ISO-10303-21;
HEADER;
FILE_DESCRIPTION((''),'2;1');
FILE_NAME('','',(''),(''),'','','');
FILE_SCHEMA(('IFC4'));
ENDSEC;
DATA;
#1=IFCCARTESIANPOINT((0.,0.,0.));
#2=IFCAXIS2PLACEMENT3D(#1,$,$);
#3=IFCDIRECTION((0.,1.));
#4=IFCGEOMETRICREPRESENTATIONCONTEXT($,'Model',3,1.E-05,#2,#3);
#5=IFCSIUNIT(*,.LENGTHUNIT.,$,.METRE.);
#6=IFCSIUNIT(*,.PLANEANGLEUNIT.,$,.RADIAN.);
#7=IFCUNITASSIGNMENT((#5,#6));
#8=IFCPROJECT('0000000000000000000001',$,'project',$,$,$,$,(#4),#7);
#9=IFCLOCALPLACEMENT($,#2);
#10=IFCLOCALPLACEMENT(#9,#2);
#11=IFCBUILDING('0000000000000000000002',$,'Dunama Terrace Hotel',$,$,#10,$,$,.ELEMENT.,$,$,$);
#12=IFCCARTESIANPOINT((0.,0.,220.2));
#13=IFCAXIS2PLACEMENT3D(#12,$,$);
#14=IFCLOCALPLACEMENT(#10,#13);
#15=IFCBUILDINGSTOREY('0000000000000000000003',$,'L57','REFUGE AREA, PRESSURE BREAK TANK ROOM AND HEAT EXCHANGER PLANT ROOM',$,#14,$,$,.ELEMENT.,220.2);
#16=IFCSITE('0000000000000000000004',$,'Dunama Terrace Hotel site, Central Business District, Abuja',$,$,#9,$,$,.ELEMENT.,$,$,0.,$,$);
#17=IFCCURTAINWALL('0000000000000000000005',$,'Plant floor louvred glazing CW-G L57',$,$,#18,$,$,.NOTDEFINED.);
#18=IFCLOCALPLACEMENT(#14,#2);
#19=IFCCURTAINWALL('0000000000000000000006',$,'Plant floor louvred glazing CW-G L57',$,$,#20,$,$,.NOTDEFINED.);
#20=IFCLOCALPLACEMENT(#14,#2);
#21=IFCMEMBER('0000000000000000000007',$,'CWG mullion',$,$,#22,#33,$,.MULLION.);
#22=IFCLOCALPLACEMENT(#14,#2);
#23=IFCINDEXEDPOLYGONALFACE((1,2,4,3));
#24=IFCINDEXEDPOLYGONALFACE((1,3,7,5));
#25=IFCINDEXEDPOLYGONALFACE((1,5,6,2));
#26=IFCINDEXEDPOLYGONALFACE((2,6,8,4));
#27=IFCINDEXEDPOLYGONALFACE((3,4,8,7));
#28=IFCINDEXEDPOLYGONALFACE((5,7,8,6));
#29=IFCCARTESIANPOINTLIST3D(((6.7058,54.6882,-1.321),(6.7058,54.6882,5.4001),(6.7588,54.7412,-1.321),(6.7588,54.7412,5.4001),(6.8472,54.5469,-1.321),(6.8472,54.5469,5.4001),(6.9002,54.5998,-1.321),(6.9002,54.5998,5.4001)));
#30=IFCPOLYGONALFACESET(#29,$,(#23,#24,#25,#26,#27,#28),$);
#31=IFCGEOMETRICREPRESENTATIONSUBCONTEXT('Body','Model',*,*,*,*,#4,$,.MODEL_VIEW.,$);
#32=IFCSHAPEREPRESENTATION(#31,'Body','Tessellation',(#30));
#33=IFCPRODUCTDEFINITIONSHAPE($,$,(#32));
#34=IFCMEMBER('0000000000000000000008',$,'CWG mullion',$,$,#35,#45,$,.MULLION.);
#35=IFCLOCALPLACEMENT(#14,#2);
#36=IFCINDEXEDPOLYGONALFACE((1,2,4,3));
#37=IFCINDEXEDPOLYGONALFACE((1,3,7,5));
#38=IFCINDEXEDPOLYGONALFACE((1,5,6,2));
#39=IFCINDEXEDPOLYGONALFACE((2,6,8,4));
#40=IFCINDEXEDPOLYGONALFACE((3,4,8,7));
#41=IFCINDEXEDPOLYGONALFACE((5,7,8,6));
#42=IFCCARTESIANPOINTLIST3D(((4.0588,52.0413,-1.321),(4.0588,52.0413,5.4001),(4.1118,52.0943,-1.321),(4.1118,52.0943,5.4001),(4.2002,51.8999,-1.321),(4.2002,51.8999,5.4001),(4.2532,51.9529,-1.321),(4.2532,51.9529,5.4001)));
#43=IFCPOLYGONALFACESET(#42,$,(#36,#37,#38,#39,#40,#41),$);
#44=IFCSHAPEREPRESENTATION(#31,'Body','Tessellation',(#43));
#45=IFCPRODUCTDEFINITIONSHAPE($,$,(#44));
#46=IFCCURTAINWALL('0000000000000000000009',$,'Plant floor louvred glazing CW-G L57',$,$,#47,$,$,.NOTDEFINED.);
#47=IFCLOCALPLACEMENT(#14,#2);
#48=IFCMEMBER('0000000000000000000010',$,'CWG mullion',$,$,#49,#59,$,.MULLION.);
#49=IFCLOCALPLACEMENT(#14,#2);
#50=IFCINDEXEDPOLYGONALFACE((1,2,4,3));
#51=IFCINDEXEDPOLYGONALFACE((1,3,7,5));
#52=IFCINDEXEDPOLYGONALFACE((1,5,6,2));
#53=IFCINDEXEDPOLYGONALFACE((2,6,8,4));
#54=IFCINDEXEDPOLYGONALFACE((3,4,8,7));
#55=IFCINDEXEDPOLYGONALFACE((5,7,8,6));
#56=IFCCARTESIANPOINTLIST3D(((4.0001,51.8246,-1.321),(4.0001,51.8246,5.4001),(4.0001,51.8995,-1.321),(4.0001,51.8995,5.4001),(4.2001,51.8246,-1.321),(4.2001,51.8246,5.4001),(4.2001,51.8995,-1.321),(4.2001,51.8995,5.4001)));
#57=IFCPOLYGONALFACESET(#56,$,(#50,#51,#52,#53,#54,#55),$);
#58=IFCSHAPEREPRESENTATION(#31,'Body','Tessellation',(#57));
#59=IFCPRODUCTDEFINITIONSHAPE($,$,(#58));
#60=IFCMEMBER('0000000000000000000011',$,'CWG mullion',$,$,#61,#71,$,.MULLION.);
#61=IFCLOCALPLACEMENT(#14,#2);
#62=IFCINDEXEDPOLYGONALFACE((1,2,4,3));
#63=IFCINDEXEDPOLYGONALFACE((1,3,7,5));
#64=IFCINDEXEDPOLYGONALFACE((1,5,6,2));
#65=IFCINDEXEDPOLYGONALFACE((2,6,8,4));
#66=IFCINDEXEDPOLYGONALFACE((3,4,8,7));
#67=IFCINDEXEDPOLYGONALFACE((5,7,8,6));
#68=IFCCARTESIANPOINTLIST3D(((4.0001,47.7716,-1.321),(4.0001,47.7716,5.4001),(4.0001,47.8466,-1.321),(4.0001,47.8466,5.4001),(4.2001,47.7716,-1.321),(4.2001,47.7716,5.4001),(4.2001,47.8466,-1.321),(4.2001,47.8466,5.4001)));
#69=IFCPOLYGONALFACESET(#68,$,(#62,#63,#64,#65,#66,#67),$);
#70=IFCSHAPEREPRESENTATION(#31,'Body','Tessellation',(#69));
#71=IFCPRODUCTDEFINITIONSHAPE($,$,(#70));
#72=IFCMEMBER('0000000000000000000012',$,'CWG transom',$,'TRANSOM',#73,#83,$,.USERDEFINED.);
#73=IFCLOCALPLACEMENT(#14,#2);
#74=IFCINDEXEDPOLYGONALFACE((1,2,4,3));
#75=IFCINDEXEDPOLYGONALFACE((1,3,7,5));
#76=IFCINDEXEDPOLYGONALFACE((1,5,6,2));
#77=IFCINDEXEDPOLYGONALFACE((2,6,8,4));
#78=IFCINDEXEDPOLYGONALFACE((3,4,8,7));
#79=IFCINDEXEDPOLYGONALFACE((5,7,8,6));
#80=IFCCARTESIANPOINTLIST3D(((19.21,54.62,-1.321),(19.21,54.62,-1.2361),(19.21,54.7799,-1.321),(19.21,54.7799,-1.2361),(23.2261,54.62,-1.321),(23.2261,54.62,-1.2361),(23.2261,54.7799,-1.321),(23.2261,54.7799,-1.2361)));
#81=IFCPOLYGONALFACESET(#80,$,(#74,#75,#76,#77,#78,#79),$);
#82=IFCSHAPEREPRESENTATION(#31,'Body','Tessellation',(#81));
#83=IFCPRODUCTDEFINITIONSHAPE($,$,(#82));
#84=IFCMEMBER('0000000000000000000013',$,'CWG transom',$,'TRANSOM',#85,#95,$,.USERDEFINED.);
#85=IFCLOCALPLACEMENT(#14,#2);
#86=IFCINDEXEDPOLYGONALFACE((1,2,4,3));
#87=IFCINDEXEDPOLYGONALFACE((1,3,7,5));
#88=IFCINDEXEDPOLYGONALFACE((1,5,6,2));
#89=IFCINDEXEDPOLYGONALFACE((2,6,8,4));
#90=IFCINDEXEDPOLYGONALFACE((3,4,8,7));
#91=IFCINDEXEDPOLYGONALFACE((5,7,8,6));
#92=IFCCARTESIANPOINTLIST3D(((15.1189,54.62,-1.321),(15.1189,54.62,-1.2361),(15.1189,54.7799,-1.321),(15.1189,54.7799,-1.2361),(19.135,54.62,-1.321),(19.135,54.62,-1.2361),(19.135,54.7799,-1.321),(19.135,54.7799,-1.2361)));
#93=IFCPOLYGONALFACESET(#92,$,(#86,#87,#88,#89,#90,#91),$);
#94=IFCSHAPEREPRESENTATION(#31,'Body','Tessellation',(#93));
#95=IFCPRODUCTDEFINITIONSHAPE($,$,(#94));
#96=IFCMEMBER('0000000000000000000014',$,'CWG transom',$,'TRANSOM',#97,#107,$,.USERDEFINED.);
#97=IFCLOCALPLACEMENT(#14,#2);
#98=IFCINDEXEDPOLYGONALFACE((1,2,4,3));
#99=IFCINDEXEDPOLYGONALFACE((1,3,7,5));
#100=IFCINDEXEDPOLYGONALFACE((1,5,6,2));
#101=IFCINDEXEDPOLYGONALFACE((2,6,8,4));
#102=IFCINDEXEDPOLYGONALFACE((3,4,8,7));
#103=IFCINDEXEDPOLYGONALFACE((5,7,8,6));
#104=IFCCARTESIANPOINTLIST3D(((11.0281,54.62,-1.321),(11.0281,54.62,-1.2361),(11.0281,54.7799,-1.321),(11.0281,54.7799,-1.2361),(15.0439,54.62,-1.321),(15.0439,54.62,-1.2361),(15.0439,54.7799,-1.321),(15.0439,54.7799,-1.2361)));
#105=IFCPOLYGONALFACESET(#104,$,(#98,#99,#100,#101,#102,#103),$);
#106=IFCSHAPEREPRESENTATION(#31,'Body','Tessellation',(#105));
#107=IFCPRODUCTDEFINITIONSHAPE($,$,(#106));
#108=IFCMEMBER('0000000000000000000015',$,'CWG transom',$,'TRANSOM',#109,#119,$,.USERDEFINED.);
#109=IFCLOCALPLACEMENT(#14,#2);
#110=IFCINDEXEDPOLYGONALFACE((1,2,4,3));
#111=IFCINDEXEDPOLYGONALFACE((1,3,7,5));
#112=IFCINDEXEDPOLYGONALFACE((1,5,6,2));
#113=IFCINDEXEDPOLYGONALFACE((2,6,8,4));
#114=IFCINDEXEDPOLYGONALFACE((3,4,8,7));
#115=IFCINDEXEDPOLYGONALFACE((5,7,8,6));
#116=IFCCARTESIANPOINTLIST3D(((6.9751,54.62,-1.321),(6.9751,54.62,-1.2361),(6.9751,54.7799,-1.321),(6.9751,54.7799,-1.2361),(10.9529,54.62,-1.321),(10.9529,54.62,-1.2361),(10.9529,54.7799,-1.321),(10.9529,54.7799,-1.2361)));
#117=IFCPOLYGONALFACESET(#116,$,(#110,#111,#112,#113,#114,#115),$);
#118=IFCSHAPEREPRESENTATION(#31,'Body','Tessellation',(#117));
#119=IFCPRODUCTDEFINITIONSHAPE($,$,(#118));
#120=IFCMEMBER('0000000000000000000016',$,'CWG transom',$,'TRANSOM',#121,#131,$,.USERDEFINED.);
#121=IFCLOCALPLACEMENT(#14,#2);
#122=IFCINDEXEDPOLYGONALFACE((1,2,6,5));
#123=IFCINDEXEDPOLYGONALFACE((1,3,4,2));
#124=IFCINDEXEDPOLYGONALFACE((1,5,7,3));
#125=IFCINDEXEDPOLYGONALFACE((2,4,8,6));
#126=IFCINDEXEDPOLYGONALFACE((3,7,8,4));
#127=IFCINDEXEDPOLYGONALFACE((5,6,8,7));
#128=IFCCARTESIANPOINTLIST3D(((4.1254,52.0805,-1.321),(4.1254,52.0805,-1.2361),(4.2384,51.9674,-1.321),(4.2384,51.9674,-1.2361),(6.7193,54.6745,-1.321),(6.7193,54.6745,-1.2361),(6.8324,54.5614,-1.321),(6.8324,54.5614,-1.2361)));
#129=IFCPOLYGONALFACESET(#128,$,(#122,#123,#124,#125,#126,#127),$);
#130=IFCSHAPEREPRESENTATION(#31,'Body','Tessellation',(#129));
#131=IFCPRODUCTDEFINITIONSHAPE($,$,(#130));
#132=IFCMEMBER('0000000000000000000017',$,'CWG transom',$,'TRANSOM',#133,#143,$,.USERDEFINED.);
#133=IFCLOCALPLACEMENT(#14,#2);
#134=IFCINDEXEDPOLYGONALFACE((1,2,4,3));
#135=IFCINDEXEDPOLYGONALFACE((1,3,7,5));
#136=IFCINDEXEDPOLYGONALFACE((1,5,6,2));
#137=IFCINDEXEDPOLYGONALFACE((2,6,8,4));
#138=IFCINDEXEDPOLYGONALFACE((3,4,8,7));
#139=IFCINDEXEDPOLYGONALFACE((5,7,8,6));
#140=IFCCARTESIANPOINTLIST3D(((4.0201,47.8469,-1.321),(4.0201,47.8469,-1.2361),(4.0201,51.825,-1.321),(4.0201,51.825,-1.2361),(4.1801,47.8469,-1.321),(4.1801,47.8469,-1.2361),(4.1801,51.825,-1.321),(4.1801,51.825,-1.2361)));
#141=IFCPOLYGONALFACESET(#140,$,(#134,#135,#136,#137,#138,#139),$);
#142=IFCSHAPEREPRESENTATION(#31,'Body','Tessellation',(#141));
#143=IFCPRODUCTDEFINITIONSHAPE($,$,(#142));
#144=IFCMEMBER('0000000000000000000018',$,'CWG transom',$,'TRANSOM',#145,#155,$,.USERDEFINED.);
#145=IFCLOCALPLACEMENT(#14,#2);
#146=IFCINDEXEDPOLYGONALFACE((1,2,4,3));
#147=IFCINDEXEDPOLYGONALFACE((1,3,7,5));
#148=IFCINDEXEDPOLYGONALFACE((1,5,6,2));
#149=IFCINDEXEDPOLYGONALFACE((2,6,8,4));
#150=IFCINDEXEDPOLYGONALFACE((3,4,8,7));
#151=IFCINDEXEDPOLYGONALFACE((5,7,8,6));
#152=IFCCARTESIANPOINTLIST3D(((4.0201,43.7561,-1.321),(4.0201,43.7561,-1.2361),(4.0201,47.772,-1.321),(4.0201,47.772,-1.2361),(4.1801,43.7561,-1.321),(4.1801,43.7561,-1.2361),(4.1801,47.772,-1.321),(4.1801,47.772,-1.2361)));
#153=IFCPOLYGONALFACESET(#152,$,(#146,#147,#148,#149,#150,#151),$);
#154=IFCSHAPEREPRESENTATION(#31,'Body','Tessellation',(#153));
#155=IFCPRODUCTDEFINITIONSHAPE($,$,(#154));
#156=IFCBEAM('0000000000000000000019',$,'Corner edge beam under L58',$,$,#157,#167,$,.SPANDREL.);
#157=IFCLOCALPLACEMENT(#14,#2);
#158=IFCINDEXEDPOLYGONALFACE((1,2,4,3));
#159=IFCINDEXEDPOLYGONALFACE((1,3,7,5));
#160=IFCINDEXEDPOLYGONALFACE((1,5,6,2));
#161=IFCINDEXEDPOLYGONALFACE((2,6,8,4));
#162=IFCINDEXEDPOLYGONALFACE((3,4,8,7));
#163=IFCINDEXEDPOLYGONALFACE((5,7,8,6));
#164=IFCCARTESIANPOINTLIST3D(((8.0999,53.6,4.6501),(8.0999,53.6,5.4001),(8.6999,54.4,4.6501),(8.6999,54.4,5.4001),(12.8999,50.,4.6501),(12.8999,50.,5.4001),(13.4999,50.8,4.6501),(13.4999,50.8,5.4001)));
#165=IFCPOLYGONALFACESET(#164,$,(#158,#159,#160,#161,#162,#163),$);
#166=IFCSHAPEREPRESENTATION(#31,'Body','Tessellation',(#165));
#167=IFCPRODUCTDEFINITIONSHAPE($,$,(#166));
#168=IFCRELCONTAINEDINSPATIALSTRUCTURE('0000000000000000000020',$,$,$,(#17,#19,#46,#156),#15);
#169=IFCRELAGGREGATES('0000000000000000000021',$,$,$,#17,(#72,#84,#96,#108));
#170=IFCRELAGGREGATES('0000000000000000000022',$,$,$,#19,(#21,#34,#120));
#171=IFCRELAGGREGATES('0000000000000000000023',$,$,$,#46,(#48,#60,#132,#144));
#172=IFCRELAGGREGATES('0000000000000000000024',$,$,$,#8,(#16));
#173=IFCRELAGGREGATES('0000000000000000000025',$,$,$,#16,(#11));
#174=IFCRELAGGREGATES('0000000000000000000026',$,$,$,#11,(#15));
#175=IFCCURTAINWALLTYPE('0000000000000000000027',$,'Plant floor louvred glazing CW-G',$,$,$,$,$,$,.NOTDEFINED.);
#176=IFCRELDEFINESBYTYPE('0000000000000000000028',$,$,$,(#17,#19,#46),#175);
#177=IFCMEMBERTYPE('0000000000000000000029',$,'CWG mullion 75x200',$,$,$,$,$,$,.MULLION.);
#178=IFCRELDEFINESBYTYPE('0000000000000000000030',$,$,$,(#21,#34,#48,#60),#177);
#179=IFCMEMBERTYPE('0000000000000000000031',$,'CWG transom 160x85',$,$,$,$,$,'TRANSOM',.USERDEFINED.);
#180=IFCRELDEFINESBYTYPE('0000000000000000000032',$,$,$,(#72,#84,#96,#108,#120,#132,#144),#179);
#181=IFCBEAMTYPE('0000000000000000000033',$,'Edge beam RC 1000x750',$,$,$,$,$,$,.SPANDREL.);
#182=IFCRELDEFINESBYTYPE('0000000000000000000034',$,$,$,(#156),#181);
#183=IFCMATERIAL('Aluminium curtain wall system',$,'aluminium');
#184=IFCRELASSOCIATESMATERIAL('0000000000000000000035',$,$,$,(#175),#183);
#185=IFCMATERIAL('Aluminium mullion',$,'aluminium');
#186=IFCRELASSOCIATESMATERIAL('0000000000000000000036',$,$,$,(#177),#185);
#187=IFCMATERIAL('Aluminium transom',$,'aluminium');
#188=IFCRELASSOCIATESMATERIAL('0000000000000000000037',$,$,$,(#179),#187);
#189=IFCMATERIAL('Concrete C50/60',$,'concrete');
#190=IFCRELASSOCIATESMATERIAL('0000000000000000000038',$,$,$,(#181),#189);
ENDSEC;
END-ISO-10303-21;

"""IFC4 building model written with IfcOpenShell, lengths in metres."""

from ifc_helpers import new_model, si_unit, direction, frame, origin, origin_2d, place, context, subcontext, project, spatial, rectangle, extrude, material, material_profile, profile_set, type_object, element, aggregate, save


model = new_model("IFC4")

# Units and contexts
model_context = context("Model", 3, precision=1e-05, world=origin(), true_north=direction((0.0, 1.0)))
body_context = subcontext(model_context, "Body", "Model", "MODEL_VIEW")
ifc_project = project(units=[si_unit("LENGTHUNIT", "METRE"), si_unit("PLANEANGLEUNIT", "RADIAN")], contexts=[model_context])

# Site, building, storey
site_placement = place(None, origin())
site = spatial("IfcSite", under=ifc_project, at=site_placement, Name="Dunama Terrace Hotel site, Central Business District, Abuja", CompositionType="ELEMENT", RefElevation=0.0)
building_placement = place(site_placement, origin())
building = spatial("IfcBuilding", under=site, at=building_placement, Name="Dunama Terrace Hotel", CompositionType="ELEMENT")
storey_placement = place(building_placement, frame((0.0, 0.0, 220.2)))
storey = spatial("IfcBuildingStorey", under=building, at=storey_placement, Name="L57", Description="REFUGE AREA, PRESSURE BREAK TANK ROOM AND HEAT EXCHANGER PLANT ROOM", CompositionType="ELEMENT", Elevation=220.2)

# Curtain walls, members
ifc_material_1 = material(Name="Aluminium curtain wall system", Category="aluminium")
curtain_wall_type = type_object("IfcCurtainWallType", Name="Plant floor louvred glazing CW-G", PredefinedType="NOTDEFINED", material=ifc_material_1)
curtain_wall_1_placement = place(storey_placement, origin())
curtain_wall_1 = element("IfcCurtainWall", 1, at=curtain_wall_1_placement, inside=storey, type_object=curtain_wall_type, Name="Plant floor louvred glazing CW-G L57", PredefinedType="NOTDEFINED")
ifc_material_2 = material(Name="Aluminium mullion", Category="aluminium")
ifc_material_profile_1 = material_profile(ifc_material_2, rectangle(XDim=0.075, YDim=0.2, at=origin_2d()), Name="CWG MULLION 75X200")
ifc_profile_set_1 = profile_set([ifc_material_profile_1], Name="Aluminium mullion")
member_type_1 = type_object("IfcMemberType", Name="CWG mullion 75x200", PredefinedType="MULLION", material=ifc_profile_set_1)
curtain_wall_2_placement = place(storey_placement, origin())
curtain_wall_2 = element("IfcCurtainWall", 2, at=curtain_wall_2_placement, inside=storey, type_object=curtain_wall_type, Name="Plant floor louvred glazing CW-G L57", PredefinedType="NOTDEFINED")
member_1_placement = place(storey_placement, frame((6.803, 54.644, -1.321), z_axis=(0.0, 0.0, 1.0), x_axis=(-0.707107, -0.707107, 0.0)))
member_1 = element("IfcMember", 3, at=member_1_placement, type_object=member_type_1, Name="CWG mullion", PredefinedType="MULLION", context=body_context, shape_type="SweptSolid", body=[
    extrude(rectangle(XDim=0.075, YDim=0.2, at=origin_2d()), origin(), (0.0, 0.0, 1.0), 6.7212),
])
member_2_placement = place(storey_placement, frame((4.156, 51.9971, -1.321), z_axis=(0.0, 0.0, 1.0), x_axis=(-0.707107, -0.707107, 0.0)))
member_2 = element("IfcMember", 4, at=member_2_placement, type_object=member_type_1, Name="CWG mullion", PredefinedType="MULLION", context=body_context, shape_type="SweptSolid", body=[
    extrude(rectangle(XDim=0.075, YDim=0.2, at=origin_2d()), origin(), (0.0, 0.0, 1.0), 6.7212),
])
curtain_wall_3_placement = place(storey_placement, origin())
curtain_wall_3 = element("IfcCurtainWall", 5, at=curtain_wall_3_placement, inside=storey, type_object=curtain_wall_type, Name="Plant floor louvred glazing CW-G L57", PredefinedType="NOTDEFINED")
member_3_placement = place(storey_placement, frame((4.1001, 51.8621, -1.321), z_axis=(0.0, 0.0, 1.0), x_axis=(0.0, -1.0, 0.0)))
member_3 = element("IfcMember", 6, at=member_3_placement, type_object=member_type_1, Name="CWG mullion", PredefinedType="MULLION", context=body_context, shape_type="SweptSolid", body=[
    extrude(rectangle(XDim=0.075, YDim=0.2, at=origin_2d()), origin(), (0.0, 0.0, 1.0), 6.7212),
])
member_4_placement = place(storey_placement, frame((4.1001, 47.8091, -1.321), z_axis=(0.0, 0.0, 1.0), x_axis=(0.0, -1.0, 0.0)))
member_4 = element("IfcMember", 7, at=member_4_placement, type_object=member_type_1, Name="CWG mullion", PredefinedType="MULLION", context=body_context, shape_type="SweptSolid", body=[
    extrude(rectangle(XDim=0.075, YDim=0.2, at=origin_2d()), origin(), (0.0, 0.0, 1.0), 6.7212),
])

# Members
ifc_material_3 = material(Name="Aluminium transom", Category="aluminium")
ifc_material_profile_2 = material_profile(ifc_material_3, rectangle(XDim=0.1599, YDim=0.085, at=origin_2d()), Name="CWG TRANSOM 160X85")
ifc_profile_set_2 = profile_set([ifc_material_profile_2], Name="Aluminium transom")
member_type_2 = type_object("IfcMemberType", Name="CWG transom 160x85", ElementType="TRANSOM", PredefinedType="USERDEFINED", material=ifc_profile_set_2)
member_5_placement = place(storey_placement, frame((23.2261, 54.7, -1.2786), z_axis=(-1.0, 0.0, 0.0), x_axis=(0.0, -1.0, 0.0)))
member_5 = element("IfcMember", 8, at=member_5_placement, type_object=member_type_2, Name="CWG transom", ObjectType="TRANSOM", PredefinedType="USERDEFINED", context=body_context, shape_type="SweptSolid", body=[
    extrude(rectangle(XDim=0.1599, YDim=0.085, at=origin_2d()), origin(), (0.0, 0.0, 1.0), 4.0161),
])
member_6_placement = place(storey_placement, frame((19.135, 54.7, -1.2786), z_axis=(-1.0, 0.0, 0.0), x_axis=(0.0, -1.0, 0.0)))
member_6 = element("IfcMember", 9, at=member_6_placement, type_object=member_type_2, Name="CWG transom", ObjectType="TRANSOM", PredefinedType="USERDEFINED", context=body_context, shape_type="SweptSolid", body=[
    extrude(rectangle(XDim=0.1599, YDim=0.085, at=origin_2d()), origin(), (0.0, 0.0, 1.0), 4.0161),
])
member_7_placement = place(storey_placement, frame((15.0439, 54.7, -1.2786), z_axis=(-1.0, 0.0, 0.0), x_axis=(0.0, -1.0, 0.0)))
member_7 = element("IfcMember", 10, at=member_7_placement, type_object=member_type_2, Name="CWG transom", ObjectType="TRANSOM", PredefinedType="USERDEFINED", context=body_context, shape_type="SweptSolid", body=[
    extrude(rectangle(XDim=0.1599, YDim=0.085, at=origin_2d()), origin(), (0.0, 0.0, 1.0), 4.0159),
])
member_8_placement = place(storey_placement, frame((10.9529, 54.7, -1.2786), z_axis=(-1.0, 0.0, 0.0), x_axis=(0.0, -1.0, 0.0)))
member_8 = element("IfcMember", 11, at=member_8_placement, type_object=member_type_2, Name="CWG transom", ObjectType="TRANSOM", PredefinedType="USERDEFINED", context=body_context, shape_type="SweptSolid", body=[
    extrude(rectangle(XDim=0.1599, YDim=0.085, at=origin_2d()), origin(), (0.0, 0.0, 1.0), 3.9778),
])
member_9_placement = place(storey_placement, frame((6.7759, 54.6179, -1.2786), z_axis=(-0.707107, -0.707107, 0.0), x_axis=(0.707107, -0.707107, 0.0)))
member_9 = element("IfcMember", 12, at=member_9_placement, type_object=member_type_2, Name="CWG transom", ObjectType="TRANSOM", PredefinedType="USERDEFINED", context=body_context, shape_type="SweptSolid", body=[
    extrude(rectangle(XDim=0.1599, YDim=0.085, at=origin_2d()), origin(), (0.0, 0.0, 1.0), 3.6685),
])
member_10_placement = place(storey_placement, frame((4.1001, 51.825, -1.2786), z_axis=(0.0, -1.0, 0.0), x_axis=(1.0, 0.0, 0.0)))
member_10 = element("IfcMember", 13, at=member_10_placement, type_object=member_type_2, Name="CWG transom", ObjectType="TRANSOM", PredefinedType="USERDEFINED", context=body_context, shape_type="SweptSolid", body=[
    extrude(rectangle(XDim=0.1599, YDim=0.085, at=origin_2d()), origin(), (0.0, 0.0, 1.0), 3.978),
])
member_11_placement = place(storey_placement, frame((4.1001, 47.772, -1.2786), z_axis=(0.0, -1.0, 0.0), x_axis=(1.0, 0.0, 0.0)))
member_11 = element("IfcMember", 14, at=member_11_placement, type_object=member_type_2, Name="CWG transom", ObjectType="TRANSOM", PredefinedType="USERDEFINED", context=body_context, shape_type="SweptSolid", body=[
    extrude(rectangle(XDim=0.1599, YDim=0.085, at=origin_2d()), origin(), (0.0, 0.0, 1.0), 4.0159),
])

# Beam
ifc_material_4 = material(Name="Concrete C50/60", Category="concrete")
ifc_material_profile_3 = material_profile(ifc_material_4, rectangle(XDim=1.0, YDim=0.75, at=origin_2d()), Name="RC 1000x750")
ifc_profile_set_3 = profile_set([ifc_material_profile_3], Name="Concrete C50/60")
beam_type = type_object("IfcBeamType", Name="Edge beam RC 1000x750", PredefinedType="SPANDREL", material=ifc_profile_set_3)
beam_placement = place(storey_placement, frame((8.3999, 54.0, 5.0251), z_axis=(0.799995, -0.600007, 0.0), x_axis=(0.600007, 0.799995, 0.0)))
element("IfcBeam", 15, at=beam_placement, inside=storey, type_object=beam_type, Name="Corner edge beam under L58", PredefinedType="SPANDREL", context=body_context, shape_type="SweptSolid", body=[
    extrude(rectangle(XDim=1.0, YDim=0.75, at=origin_2d()), origin(), (0.0, 0.0, 1.0), 6.0),
])

aggregate(curtain_wall_1, [member_5, member_6, member_7, member_8])
aggregate(curtain_wall_2, [member_1, member_2, member_9])
aggregate(curtain_wall_3, [member_3, member_4, member_10, member_11])

save(model, "model.ifc")
